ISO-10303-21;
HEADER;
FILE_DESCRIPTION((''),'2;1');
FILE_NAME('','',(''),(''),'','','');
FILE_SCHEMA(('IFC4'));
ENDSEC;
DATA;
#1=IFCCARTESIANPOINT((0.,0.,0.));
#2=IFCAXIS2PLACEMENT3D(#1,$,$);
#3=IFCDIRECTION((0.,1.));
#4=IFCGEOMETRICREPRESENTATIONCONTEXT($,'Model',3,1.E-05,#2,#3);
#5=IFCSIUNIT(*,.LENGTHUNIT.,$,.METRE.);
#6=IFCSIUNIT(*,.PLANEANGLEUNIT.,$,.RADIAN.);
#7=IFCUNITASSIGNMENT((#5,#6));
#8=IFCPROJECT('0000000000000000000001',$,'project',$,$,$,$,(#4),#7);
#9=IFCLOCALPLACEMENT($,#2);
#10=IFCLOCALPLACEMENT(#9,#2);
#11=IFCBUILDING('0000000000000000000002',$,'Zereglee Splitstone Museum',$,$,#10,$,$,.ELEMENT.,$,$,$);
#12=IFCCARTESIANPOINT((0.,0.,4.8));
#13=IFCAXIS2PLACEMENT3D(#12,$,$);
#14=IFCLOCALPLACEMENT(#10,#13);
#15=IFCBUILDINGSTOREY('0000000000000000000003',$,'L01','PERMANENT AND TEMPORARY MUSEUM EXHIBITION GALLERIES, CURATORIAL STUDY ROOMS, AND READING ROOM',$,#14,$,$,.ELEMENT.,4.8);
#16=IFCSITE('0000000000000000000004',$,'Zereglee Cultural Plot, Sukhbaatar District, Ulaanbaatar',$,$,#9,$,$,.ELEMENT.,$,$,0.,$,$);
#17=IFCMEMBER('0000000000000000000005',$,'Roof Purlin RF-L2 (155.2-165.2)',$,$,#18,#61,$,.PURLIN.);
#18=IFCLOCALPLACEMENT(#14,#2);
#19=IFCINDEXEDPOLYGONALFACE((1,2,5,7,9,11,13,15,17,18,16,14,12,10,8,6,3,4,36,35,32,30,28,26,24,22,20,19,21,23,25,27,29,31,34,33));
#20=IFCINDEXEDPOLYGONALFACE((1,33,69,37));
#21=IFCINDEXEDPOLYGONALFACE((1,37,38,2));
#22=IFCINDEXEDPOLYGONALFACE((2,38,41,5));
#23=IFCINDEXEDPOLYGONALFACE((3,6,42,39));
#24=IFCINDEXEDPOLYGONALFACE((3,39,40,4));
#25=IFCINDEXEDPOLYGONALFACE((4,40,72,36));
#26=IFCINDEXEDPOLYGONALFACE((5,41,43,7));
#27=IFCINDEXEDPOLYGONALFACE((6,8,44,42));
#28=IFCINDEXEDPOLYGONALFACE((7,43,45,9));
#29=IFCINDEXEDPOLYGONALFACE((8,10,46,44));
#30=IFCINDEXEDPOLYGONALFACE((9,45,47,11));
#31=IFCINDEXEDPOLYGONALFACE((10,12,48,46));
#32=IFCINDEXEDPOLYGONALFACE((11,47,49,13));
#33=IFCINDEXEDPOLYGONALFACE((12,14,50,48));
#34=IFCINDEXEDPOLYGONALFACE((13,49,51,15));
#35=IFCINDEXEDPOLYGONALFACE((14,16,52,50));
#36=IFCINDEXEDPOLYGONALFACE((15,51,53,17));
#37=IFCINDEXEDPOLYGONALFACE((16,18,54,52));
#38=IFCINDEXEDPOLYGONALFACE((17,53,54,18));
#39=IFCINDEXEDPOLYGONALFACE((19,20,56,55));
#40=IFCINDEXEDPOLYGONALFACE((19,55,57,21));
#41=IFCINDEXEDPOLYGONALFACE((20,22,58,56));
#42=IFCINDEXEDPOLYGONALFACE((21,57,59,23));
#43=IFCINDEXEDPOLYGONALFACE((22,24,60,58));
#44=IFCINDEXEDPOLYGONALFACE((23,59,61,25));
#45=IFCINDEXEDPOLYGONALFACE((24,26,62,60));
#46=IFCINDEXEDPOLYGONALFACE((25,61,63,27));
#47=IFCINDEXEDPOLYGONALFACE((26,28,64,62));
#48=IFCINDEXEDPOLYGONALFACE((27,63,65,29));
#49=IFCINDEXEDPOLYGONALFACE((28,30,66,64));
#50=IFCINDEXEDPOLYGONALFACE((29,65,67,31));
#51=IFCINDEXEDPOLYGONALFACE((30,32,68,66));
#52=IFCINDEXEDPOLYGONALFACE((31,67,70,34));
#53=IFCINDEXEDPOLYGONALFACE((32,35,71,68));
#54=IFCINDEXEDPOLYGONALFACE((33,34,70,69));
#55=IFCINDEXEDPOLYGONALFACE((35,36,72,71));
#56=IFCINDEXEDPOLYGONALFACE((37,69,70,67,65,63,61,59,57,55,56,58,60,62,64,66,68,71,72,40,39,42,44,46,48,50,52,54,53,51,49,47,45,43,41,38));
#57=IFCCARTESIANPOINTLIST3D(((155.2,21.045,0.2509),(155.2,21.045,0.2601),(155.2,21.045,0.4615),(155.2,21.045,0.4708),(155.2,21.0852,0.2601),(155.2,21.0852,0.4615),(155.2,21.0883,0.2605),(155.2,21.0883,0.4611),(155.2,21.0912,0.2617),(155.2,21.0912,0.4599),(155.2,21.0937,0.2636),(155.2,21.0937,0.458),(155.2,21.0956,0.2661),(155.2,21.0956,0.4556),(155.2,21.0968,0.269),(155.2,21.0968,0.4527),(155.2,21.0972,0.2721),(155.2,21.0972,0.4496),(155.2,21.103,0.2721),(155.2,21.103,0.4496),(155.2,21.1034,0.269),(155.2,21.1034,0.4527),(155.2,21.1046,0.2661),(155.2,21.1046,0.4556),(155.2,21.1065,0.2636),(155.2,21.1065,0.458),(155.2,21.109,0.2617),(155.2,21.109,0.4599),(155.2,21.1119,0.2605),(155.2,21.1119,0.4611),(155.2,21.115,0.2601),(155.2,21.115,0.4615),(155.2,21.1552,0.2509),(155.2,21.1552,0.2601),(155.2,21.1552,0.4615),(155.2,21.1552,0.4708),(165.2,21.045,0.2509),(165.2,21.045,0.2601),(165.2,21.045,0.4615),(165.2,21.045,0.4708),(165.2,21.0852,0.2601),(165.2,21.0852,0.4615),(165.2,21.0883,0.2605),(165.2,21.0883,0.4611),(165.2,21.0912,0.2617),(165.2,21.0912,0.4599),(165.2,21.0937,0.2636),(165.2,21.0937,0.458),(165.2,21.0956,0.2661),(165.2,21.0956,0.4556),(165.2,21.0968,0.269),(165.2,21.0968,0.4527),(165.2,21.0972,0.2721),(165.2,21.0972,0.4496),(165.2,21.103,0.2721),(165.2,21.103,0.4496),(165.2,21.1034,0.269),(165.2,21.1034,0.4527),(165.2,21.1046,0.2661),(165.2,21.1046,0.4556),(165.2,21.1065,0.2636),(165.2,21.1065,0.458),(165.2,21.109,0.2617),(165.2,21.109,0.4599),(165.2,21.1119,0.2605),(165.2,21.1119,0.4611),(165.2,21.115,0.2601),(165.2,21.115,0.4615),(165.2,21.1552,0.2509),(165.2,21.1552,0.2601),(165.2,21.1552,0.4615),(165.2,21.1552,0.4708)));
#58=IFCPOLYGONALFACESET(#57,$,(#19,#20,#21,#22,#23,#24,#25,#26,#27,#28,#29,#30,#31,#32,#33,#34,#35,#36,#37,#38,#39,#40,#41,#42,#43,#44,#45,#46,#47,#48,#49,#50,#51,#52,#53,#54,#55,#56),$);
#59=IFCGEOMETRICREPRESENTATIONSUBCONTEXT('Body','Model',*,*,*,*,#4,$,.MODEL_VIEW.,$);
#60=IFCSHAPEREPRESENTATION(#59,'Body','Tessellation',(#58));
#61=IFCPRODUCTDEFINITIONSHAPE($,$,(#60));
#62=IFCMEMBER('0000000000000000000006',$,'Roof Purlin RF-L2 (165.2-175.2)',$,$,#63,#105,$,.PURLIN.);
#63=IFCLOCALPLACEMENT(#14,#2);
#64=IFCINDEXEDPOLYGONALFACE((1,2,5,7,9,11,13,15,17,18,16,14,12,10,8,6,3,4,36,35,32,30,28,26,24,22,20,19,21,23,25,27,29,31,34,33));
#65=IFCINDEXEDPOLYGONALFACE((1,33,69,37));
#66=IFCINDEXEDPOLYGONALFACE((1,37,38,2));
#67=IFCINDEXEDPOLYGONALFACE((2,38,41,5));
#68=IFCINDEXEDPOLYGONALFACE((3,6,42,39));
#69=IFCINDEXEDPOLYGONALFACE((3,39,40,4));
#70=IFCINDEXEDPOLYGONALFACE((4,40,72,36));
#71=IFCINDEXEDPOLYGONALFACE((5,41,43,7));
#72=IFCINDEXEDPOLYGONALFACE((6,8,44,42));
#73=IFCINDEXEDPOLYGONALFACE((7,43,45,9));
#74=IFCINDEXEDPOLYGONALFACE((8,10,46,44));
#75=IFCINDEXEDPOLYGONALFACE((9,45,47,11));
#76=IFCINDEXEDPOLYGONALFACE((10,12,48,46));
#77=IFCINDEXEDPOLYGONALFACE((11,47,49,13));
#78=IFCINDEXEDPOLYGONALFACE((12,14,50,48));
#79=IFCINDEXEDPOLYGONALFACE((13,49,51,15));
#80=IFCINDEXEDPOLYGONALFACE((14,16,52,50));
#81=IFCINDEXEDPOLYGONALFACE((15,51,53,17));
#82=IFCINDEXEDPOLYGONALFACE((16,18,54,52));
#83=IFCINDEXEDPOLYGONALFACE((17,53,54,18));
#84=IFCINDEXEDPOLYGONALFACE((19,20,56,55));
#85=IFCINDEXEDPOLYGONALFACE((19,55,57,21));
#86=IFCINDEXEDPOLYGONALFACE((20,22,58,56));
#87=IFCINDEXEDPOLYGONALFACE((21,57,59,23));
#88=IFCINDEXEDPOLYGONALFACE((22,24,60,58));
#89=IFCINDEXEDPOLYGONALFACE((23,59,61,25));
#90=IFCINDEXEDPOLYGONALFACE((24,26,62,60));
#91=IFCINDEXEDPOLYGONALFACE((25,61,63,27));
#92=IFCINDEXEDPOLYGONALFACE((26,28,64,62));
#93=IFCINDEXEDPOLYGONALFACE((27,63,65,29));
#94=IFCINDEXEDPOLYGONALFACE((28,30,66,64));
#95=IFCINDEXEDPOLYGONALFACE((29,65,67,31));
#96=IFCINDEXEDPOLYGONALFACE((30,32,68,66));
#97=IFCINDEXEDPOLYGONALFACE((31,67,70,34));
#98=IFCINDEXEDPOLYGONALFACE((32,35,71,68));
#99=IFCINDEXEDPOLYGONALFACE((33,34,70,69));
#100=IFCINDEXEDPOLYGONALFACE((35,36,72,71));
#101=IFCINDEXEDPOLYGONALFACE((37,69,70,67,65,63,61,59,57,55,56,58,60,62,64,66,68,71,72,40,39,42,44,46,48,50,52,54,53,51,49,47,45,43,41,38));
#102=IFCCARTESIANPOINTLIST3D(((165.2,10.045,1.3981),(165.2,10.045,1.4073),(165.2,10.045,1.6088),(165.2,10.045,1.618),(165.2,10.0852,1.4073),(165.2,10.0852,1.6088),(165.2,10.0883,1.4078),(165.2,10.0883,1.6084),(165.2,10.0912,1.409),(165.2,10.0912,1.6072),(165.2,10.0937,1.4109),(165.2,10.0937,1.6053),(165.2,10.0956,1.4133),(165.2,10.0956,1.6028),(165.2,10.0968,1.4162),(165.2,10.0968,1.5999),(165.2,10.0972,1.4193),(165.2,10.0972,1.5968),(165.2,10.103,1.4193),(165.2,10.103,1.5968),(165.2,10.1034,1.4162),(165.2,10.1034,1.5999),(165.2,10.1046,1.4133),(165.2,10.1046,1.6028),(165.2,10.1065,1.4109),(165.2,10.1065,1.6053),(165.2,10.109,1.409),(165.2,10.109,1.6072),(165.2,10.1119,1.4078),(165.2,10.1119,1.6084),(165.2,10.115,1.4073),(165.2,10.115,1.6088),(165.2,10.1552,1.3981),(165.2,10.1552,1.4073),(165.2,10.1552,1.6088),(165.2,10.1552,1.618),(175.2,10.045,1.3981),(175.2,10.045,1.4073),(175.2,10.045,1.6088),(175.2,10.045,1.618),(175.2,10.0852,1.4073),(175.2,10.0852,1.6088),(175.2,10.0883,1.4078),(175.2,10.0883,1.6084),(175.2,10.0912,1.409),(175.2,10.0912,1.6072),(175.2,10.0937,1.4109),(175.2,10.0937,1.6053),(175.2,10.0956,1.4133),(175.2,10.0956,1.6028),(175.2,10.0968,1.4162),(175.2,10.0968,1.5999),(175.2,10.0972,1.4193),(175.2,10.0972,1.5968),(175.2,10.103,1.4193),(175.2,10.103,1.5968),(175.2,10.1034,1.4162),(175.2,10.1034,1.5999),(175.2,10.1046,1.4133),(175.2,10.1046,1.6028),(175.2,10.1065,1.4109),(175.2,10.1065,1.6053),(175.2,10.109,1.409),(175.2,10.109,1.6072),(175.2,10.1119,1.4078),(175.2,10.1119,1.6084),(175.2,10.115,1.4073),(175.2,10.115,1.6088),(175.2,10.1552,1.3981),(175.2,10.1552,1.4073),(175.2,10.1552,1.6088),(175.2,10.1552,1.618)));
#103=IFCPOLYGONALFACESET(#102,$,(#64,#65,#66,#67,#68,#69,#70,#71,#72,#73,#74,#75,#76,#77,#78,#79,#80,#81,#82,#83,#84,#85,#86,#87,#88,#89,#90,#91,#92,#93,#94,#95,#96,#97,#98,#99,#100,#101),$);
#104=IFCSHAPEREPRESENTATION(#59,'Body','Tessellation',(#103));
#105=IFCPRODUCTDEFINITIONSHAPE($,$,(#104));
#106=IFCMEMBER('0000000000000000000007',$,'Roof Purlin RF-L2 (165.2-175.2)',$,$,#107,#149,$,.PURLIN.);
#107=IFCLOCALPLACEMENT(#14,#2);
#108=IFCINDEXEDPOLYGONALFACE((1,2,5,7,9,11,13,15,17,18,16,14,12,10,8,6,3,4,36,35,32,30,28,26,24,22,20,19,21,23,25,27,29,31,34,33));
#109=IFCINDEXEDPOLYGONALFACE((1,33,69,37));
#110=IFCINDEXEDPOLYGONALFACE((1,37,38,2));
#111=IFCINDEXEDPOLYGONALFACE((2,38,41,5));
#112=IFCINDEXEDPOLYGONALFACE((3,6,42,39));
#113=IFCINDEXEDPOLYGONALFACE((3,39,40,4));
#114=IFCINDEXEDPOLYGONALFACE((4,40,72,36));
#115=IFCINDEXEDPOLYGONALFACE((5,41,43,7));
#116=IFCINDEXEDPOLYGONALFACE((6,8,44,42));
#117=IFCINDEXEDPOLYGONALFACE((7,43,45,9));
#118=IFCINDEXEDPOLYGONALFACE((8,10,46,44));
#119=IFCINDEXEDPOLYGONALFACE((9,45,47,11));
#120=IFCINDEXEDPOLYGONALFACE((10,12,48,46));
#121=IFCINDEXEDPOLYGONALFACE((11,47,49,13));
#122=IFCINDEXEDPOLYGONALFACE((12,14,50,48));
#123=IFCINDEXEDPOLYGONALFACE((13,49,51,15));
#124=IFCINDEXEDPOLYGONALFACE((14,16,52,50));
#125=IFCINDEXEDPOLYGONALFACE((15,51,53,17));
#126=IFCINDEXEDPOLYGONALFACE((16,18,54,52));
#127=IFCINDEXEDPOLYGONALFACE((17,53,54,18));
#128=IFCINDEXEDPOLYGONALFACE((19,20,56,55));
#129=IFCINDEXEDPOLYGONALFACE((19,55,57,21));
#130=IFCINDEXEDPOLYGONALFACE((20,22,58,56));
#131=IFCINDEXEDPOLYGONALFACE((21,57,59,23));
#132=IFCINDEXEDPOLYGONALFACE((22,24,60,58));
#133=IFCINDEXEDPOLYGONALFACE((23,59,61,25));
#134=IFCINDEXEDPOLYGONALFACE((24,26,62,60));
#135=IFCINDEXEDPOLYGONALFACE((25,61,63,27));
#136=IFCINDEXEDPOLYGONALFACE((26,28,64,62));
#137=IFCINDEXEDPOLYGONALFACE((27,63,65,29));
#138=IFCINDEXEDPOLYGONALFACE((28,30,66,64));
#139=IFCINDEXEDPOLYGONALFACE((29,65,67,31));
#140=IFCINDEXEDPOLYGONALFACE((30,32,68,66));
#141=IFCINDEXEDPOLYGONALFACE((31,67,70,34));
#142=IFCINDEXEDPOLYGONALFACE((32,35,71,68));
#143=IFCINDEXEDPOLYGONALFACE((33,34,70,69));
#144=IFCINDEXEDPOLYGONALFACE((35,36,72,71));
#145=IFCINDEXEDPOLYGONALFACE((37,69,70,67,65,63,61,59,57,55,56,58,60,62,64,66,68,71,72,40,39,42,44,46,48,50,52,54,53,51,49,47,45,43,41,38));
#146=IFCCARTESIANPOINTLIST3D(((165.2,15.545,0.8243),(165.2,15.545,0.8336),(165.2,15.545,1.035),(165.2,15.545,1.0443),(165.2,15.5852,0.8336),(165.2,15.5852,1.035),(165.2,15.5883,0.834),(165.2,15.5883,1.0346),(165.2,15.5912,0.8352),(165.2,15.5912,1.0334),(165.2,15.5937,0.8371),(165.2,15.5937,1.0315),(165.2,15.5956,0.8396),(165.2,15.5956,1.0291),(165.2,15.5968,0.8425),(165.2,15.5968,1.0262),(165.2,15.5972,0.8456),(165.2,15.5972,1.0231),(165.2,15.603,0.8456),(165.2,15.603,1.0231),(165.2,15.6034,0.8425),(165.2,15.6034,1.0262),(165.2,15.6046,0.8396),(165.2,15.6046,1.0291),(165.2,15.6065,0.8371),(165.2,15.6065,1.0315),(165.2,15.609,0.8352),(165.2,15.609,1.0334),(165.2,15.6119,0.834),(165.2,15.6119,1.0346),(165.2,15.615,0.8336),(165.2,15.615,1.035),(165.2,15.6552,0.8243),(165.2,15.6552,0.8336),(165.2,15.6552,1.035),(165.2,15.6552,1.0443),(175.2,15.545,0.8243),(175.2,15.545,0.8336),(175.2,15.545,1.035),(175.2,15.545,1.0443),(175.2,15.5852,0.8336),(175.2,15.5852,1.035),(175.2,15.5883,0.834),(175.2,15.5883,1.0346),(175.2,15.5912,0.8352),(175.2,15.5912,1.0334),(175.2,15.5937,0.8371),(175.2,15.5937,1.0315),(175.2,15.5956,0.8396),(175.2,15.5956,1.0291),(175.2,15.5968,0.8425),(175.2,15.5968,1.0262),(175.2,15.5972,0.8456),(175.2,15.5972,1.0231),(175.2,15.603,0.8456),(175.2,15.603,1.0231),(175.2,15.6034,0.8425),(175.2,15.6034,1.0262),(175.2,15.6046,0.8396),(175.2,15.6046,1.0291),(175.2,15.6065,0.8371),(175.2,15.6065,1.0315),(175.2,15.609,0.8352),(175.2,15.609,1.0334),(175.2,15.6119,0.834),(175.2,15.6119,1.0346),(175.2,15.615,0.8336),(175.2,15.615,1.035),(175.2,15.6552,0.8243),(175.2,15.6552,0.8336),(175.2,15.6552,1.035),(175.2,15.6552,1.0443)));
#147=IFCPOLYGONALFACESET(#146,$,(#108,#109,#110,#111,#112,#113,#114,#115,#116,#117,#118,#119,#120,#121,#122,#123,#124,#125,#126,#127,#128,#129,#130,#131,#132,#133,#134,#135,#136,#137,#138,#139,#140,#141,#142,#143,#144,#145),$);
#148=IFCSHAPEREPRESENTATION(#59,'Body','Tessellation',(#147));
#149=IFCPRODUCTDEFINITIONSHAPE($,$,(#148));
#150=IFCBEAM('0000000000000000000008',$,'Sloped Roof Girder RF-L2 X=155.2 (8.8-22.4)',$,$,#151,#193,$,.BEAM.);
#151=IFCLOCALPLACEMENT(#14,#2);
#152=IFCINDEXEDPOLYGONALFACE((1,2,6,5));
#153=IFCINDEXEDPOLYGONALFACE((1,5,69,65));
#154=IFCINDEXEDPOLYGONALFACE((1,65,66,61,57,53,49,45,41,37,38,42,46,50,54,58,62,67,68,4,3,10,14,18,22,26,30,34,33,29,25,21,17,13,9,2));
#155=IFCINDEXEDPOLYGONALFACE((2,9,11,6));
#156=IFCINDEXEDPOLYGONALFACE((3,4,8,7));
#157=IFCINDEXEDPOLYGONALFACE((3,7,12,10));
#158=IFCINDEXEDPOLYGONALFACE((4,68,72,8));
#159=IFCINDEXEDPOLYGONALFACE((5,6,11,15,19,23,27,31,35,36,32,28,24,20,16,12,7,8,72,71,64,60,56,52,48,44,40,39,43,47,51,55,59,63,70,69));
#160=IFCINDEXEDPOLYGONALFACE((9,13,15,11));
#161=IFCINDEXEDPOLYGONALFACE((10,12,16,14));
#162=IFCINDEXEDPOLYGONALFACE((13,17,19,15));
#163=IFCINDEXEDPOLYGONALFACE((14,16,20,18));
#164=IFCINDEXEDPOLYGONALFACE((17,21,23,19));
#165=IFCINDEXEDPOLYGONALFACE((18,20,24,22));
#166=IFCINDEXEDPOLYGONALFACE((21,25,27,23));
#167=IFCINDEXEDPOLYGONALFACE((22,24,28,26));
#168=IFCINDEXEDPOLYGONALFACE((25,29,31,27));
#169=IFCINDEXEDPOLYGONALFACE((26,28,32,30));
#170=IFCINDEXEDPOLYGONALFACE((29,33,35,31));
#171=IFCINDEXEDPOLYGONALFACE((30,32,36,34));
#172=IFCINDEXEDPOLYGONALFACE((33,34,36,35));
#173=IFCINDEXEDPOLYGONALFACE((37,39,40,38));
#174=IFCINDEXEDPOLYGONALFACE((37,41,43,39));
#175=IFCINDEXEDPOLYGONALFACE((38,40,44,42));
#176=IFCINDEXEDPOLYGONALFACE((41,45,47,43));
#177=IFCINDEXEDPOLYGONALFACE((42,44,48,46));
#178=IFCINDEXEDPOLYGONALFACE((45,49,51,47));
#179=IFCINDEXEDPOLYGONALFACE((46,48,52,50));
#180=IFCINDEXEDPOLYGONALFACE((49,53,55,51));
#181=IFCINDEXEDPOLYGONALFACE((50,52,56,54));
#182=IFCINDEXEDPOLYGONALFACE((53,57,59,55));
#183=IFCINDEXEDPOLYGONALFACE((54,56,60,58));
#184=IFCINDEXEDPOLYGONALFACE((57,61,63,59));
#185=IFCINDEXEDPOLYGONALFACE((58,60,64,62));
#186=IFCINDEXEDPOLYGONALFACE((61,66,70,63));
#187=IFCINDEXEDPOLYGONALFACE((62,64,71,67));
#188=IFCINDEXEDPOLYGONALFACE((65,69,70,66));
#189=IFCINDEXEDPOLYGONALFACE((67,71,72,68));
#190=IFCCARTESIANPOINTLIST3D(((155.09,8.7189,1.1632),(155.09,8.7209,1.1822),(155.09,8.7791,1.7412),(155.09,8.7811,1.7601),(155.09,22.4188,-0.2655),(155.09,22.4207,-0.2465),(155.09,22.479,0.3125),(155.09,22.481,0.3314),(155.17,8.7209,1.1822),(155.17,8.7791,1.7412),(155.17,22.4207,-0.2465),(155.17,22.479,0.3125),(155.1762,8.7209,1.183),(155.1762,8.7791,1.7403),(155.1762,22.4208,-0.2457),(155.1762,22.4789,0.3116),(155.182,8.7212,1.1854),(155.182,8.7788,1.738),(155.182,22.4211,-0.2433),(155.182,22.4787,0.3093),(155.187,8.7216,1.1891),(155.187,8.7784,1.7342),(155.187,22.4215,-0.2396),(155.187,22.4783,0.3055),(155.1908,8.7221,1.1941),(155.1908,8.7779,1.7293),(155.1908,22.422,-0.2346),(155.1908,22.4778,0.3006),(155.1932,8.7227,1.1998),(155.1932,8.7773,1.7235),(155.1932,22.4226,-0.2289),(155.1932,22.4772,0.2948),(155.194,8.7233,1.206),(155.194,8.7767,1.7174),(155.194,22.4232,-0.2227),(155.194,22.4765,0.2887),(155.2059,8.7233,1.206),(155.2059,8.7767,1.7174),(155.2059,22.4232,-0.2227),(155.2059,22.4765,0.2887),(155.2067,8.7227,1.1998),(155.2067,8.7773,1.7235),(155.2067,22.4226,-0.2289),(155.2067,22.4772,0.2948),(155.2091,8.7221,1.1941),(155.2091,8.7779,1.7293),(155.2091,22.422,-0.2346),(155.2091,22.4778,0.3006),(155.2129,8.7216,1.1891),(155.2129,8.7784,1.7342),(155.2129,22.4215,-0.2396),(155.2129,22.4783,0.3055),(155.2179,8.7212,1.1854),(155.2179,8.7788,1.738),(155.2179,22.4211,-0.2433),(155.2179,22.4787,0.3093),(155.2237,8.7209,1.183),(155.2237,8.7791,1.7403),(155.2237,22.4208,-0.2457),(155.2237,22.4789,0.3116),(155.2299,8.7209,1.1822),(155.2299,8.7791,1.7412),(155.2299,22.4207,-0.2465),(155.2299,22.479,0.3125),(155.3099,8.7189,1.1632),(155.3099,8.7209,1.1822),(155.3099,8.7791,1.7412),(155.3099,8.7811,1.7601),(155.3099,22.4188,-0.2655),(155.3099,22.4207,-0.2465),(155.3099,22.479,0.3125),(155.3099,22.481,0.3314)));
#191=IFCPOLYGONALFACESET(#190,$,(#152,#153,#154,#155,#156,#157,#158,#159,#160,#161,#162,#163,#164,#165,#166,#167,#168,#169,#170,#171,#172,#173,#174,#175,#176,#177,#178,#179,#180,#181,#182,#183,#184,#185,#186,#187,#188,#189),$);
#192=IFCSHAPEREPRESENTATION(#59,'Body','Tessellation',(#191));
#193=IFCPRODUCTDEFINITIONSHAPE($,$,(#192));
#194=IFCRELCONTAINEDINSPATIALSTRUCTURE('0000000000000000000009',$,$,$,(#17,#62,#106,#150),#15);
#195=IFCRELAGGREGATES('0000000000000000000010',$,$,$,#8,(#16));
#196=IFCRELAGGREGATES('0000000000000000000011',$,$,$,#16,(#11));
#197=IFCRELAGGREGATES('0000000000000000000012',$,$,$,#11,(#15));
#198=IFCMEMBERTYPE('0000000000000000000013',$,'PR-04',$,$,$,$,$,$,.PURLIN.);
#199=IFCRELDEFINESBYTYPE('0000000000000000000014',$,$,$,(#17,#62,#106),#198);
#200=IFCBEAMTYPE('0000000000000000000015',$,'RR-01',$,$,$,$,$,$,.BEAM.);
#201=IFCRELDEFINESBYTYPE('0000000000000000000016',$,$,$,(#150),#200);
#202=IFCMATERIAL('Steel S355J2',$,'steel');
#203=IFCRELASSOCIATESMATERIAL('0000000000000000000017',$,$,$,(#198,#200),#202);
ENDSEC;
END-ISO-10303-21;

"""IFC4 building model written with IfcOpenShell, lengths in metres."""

from ifc_helpers import new_model, si_unit, direction, frame, origin, origin_2d, place, context, subcontext, project, spatial, i_section, extrude, material, material_profile, profile_set, type_object, element, save


model = new_model("IFC4")

# Units and contexts
model_context = context("Model", 3, precision=1e-05, world=origin(), true_north=direction((0.0, 1.0)))
body_context = subcontext(model_context, "Body", "Model", "MODEL_VIEW")
ifc_project = project(units=[si_unit("LENGTHUNIT", "METRE"), si_unit("PLANEANGLEUNIT", "RADIAN")], contexts=[model_context])

# Site, building, storey
site_placement = place(None, origin())
site = spatial("IfcSite", under=ifc_project, at=site_placement, Name="Zereglee Cultural Plot, Sukhbaatar District, Ulaanbaatar", CompositionType="ELEMENT", RefElevation=0.0)
building_placement = place(site_placement, origin())
building = spatial("IfcBuilding", under=site, at=building_placement, Name="Zereglee Splitstone Museum", CompositionType="ELEMENT")
storey_placement = place(building_placement, frame((0.0, 0.0, 4.8)))
storey = spatial("IfcBuildingStorey", under=building, at=storey_placement, Name="L01", Description="PERMANENT AND TEMPORARY MUSEUM EXHIBITION GALLERIES, CURATORIAL STUDY ROOMS, AND READING ROOM", CompositionType="ELEMENT", Elevation=4.8)

# Shared definitions
ifc_material_1 = material(Name="Steel S355J2", Category="steel")

# Members
ifc_material_profile_1 = material_profile(ifc_material_1, i_section(OverallWidth=0.1101, OverallDepth=0.22, WebThickness=0.0059, FlangeThickness=0.0093, FilletRadius=0.012, at=origin_2d()), Name="IPE 220")
ifc_profile_set_1 = profile_set([ifc_material_profile_1], Name="Steel S355J2")
member_type = type_object("IfcMemberType", Name="PR-04", PredefinedType="PURLIN", material=ifc_profile_set_1)
for number, where, z_axis, x_axis, name in (
    (1, (155.2, 21.1001, 0.3608), (1.0, 0.0, 0.0), (0.0, 1.0, 0.0), "Roof Purlin RF-L2 (155.2-165.2)"),
    (2, (165.2, 10.1001, 1.5081), (1.0, 0.0, 0.0), (0.0, 1.0, 0.0), "Roof Purlin RF-L2 (165.2-175.2)"),
    (3, (165.2, 15.6001, 0.9343), (1.0, 0.0, 0.0), (0.0, 1.0, 0.0), "Roof Purlin RF-L2 (165.2-175.2)"),
):
    element("IfcMember", number, at=place(storey_placement, frame(where, z_axis=z_axis, x_axis=x_axis)), inside=storey, type_object=member_type, Name=name, PredefinedType="PURLIN", context=body_context, shape_type="SweptSolid", body=[
        extrude(i_section(OverallWidth=0.1101, OverallDepth=0.22, WebThickness=0.0059, FlangeThickness=0.0093, FilletRadius=0.012, at=origin_2d()), origin(), (0.0, 0.0, 1.0), 10.0),
    ])

# Beam
ifc_material_profile_2 = material_profile(ifc_material_1, i_section(OverallWidth=0.22, OverallDepth=0.6001, WebThickness=0.012, FlangeThickness=0.019, FilletRadius=0.0239, at=origin_2d()), Name="IPE 600")
ifc_profile_set_2 = profile_set([ifc_material_profile_2], Name="Steel S355J2")
beam_type_1 = type_object("IfcBeamType", Name="RR-01", PredefinedType="BEAM", material=ifc_profile_set_2)
for number, where, z_axis, x_axis, name in (
    (4, (155.2, 8.75, 1.4617), (0.0, 0.994606, -0.103723), (-1.0, 0.0, 0.0), "Sloped Roof Girder RF-L2 X=155.2 (8.8-22.4)"),
):
    element("IfcBeam", number, at=place(storey_placement, frame(where, z_axis=z_axis, x_axis=x_axis)), inside=storey, type_object=beam_type_1, Name=name, PredefinedType="BEAM", context=body_context, shape_type="SweptSolid", body=[
        extrude(i_section(OverallWidth=0.22, OverallDepth=0.6001, WebThickness=0.012, FlangeThickness=0.019, FilletRadius=0.0239, at=origin_2d()), origin(), (0.0, 0.0, 1.0), 13.7742),
    ])

save(model, "model.ifc")
